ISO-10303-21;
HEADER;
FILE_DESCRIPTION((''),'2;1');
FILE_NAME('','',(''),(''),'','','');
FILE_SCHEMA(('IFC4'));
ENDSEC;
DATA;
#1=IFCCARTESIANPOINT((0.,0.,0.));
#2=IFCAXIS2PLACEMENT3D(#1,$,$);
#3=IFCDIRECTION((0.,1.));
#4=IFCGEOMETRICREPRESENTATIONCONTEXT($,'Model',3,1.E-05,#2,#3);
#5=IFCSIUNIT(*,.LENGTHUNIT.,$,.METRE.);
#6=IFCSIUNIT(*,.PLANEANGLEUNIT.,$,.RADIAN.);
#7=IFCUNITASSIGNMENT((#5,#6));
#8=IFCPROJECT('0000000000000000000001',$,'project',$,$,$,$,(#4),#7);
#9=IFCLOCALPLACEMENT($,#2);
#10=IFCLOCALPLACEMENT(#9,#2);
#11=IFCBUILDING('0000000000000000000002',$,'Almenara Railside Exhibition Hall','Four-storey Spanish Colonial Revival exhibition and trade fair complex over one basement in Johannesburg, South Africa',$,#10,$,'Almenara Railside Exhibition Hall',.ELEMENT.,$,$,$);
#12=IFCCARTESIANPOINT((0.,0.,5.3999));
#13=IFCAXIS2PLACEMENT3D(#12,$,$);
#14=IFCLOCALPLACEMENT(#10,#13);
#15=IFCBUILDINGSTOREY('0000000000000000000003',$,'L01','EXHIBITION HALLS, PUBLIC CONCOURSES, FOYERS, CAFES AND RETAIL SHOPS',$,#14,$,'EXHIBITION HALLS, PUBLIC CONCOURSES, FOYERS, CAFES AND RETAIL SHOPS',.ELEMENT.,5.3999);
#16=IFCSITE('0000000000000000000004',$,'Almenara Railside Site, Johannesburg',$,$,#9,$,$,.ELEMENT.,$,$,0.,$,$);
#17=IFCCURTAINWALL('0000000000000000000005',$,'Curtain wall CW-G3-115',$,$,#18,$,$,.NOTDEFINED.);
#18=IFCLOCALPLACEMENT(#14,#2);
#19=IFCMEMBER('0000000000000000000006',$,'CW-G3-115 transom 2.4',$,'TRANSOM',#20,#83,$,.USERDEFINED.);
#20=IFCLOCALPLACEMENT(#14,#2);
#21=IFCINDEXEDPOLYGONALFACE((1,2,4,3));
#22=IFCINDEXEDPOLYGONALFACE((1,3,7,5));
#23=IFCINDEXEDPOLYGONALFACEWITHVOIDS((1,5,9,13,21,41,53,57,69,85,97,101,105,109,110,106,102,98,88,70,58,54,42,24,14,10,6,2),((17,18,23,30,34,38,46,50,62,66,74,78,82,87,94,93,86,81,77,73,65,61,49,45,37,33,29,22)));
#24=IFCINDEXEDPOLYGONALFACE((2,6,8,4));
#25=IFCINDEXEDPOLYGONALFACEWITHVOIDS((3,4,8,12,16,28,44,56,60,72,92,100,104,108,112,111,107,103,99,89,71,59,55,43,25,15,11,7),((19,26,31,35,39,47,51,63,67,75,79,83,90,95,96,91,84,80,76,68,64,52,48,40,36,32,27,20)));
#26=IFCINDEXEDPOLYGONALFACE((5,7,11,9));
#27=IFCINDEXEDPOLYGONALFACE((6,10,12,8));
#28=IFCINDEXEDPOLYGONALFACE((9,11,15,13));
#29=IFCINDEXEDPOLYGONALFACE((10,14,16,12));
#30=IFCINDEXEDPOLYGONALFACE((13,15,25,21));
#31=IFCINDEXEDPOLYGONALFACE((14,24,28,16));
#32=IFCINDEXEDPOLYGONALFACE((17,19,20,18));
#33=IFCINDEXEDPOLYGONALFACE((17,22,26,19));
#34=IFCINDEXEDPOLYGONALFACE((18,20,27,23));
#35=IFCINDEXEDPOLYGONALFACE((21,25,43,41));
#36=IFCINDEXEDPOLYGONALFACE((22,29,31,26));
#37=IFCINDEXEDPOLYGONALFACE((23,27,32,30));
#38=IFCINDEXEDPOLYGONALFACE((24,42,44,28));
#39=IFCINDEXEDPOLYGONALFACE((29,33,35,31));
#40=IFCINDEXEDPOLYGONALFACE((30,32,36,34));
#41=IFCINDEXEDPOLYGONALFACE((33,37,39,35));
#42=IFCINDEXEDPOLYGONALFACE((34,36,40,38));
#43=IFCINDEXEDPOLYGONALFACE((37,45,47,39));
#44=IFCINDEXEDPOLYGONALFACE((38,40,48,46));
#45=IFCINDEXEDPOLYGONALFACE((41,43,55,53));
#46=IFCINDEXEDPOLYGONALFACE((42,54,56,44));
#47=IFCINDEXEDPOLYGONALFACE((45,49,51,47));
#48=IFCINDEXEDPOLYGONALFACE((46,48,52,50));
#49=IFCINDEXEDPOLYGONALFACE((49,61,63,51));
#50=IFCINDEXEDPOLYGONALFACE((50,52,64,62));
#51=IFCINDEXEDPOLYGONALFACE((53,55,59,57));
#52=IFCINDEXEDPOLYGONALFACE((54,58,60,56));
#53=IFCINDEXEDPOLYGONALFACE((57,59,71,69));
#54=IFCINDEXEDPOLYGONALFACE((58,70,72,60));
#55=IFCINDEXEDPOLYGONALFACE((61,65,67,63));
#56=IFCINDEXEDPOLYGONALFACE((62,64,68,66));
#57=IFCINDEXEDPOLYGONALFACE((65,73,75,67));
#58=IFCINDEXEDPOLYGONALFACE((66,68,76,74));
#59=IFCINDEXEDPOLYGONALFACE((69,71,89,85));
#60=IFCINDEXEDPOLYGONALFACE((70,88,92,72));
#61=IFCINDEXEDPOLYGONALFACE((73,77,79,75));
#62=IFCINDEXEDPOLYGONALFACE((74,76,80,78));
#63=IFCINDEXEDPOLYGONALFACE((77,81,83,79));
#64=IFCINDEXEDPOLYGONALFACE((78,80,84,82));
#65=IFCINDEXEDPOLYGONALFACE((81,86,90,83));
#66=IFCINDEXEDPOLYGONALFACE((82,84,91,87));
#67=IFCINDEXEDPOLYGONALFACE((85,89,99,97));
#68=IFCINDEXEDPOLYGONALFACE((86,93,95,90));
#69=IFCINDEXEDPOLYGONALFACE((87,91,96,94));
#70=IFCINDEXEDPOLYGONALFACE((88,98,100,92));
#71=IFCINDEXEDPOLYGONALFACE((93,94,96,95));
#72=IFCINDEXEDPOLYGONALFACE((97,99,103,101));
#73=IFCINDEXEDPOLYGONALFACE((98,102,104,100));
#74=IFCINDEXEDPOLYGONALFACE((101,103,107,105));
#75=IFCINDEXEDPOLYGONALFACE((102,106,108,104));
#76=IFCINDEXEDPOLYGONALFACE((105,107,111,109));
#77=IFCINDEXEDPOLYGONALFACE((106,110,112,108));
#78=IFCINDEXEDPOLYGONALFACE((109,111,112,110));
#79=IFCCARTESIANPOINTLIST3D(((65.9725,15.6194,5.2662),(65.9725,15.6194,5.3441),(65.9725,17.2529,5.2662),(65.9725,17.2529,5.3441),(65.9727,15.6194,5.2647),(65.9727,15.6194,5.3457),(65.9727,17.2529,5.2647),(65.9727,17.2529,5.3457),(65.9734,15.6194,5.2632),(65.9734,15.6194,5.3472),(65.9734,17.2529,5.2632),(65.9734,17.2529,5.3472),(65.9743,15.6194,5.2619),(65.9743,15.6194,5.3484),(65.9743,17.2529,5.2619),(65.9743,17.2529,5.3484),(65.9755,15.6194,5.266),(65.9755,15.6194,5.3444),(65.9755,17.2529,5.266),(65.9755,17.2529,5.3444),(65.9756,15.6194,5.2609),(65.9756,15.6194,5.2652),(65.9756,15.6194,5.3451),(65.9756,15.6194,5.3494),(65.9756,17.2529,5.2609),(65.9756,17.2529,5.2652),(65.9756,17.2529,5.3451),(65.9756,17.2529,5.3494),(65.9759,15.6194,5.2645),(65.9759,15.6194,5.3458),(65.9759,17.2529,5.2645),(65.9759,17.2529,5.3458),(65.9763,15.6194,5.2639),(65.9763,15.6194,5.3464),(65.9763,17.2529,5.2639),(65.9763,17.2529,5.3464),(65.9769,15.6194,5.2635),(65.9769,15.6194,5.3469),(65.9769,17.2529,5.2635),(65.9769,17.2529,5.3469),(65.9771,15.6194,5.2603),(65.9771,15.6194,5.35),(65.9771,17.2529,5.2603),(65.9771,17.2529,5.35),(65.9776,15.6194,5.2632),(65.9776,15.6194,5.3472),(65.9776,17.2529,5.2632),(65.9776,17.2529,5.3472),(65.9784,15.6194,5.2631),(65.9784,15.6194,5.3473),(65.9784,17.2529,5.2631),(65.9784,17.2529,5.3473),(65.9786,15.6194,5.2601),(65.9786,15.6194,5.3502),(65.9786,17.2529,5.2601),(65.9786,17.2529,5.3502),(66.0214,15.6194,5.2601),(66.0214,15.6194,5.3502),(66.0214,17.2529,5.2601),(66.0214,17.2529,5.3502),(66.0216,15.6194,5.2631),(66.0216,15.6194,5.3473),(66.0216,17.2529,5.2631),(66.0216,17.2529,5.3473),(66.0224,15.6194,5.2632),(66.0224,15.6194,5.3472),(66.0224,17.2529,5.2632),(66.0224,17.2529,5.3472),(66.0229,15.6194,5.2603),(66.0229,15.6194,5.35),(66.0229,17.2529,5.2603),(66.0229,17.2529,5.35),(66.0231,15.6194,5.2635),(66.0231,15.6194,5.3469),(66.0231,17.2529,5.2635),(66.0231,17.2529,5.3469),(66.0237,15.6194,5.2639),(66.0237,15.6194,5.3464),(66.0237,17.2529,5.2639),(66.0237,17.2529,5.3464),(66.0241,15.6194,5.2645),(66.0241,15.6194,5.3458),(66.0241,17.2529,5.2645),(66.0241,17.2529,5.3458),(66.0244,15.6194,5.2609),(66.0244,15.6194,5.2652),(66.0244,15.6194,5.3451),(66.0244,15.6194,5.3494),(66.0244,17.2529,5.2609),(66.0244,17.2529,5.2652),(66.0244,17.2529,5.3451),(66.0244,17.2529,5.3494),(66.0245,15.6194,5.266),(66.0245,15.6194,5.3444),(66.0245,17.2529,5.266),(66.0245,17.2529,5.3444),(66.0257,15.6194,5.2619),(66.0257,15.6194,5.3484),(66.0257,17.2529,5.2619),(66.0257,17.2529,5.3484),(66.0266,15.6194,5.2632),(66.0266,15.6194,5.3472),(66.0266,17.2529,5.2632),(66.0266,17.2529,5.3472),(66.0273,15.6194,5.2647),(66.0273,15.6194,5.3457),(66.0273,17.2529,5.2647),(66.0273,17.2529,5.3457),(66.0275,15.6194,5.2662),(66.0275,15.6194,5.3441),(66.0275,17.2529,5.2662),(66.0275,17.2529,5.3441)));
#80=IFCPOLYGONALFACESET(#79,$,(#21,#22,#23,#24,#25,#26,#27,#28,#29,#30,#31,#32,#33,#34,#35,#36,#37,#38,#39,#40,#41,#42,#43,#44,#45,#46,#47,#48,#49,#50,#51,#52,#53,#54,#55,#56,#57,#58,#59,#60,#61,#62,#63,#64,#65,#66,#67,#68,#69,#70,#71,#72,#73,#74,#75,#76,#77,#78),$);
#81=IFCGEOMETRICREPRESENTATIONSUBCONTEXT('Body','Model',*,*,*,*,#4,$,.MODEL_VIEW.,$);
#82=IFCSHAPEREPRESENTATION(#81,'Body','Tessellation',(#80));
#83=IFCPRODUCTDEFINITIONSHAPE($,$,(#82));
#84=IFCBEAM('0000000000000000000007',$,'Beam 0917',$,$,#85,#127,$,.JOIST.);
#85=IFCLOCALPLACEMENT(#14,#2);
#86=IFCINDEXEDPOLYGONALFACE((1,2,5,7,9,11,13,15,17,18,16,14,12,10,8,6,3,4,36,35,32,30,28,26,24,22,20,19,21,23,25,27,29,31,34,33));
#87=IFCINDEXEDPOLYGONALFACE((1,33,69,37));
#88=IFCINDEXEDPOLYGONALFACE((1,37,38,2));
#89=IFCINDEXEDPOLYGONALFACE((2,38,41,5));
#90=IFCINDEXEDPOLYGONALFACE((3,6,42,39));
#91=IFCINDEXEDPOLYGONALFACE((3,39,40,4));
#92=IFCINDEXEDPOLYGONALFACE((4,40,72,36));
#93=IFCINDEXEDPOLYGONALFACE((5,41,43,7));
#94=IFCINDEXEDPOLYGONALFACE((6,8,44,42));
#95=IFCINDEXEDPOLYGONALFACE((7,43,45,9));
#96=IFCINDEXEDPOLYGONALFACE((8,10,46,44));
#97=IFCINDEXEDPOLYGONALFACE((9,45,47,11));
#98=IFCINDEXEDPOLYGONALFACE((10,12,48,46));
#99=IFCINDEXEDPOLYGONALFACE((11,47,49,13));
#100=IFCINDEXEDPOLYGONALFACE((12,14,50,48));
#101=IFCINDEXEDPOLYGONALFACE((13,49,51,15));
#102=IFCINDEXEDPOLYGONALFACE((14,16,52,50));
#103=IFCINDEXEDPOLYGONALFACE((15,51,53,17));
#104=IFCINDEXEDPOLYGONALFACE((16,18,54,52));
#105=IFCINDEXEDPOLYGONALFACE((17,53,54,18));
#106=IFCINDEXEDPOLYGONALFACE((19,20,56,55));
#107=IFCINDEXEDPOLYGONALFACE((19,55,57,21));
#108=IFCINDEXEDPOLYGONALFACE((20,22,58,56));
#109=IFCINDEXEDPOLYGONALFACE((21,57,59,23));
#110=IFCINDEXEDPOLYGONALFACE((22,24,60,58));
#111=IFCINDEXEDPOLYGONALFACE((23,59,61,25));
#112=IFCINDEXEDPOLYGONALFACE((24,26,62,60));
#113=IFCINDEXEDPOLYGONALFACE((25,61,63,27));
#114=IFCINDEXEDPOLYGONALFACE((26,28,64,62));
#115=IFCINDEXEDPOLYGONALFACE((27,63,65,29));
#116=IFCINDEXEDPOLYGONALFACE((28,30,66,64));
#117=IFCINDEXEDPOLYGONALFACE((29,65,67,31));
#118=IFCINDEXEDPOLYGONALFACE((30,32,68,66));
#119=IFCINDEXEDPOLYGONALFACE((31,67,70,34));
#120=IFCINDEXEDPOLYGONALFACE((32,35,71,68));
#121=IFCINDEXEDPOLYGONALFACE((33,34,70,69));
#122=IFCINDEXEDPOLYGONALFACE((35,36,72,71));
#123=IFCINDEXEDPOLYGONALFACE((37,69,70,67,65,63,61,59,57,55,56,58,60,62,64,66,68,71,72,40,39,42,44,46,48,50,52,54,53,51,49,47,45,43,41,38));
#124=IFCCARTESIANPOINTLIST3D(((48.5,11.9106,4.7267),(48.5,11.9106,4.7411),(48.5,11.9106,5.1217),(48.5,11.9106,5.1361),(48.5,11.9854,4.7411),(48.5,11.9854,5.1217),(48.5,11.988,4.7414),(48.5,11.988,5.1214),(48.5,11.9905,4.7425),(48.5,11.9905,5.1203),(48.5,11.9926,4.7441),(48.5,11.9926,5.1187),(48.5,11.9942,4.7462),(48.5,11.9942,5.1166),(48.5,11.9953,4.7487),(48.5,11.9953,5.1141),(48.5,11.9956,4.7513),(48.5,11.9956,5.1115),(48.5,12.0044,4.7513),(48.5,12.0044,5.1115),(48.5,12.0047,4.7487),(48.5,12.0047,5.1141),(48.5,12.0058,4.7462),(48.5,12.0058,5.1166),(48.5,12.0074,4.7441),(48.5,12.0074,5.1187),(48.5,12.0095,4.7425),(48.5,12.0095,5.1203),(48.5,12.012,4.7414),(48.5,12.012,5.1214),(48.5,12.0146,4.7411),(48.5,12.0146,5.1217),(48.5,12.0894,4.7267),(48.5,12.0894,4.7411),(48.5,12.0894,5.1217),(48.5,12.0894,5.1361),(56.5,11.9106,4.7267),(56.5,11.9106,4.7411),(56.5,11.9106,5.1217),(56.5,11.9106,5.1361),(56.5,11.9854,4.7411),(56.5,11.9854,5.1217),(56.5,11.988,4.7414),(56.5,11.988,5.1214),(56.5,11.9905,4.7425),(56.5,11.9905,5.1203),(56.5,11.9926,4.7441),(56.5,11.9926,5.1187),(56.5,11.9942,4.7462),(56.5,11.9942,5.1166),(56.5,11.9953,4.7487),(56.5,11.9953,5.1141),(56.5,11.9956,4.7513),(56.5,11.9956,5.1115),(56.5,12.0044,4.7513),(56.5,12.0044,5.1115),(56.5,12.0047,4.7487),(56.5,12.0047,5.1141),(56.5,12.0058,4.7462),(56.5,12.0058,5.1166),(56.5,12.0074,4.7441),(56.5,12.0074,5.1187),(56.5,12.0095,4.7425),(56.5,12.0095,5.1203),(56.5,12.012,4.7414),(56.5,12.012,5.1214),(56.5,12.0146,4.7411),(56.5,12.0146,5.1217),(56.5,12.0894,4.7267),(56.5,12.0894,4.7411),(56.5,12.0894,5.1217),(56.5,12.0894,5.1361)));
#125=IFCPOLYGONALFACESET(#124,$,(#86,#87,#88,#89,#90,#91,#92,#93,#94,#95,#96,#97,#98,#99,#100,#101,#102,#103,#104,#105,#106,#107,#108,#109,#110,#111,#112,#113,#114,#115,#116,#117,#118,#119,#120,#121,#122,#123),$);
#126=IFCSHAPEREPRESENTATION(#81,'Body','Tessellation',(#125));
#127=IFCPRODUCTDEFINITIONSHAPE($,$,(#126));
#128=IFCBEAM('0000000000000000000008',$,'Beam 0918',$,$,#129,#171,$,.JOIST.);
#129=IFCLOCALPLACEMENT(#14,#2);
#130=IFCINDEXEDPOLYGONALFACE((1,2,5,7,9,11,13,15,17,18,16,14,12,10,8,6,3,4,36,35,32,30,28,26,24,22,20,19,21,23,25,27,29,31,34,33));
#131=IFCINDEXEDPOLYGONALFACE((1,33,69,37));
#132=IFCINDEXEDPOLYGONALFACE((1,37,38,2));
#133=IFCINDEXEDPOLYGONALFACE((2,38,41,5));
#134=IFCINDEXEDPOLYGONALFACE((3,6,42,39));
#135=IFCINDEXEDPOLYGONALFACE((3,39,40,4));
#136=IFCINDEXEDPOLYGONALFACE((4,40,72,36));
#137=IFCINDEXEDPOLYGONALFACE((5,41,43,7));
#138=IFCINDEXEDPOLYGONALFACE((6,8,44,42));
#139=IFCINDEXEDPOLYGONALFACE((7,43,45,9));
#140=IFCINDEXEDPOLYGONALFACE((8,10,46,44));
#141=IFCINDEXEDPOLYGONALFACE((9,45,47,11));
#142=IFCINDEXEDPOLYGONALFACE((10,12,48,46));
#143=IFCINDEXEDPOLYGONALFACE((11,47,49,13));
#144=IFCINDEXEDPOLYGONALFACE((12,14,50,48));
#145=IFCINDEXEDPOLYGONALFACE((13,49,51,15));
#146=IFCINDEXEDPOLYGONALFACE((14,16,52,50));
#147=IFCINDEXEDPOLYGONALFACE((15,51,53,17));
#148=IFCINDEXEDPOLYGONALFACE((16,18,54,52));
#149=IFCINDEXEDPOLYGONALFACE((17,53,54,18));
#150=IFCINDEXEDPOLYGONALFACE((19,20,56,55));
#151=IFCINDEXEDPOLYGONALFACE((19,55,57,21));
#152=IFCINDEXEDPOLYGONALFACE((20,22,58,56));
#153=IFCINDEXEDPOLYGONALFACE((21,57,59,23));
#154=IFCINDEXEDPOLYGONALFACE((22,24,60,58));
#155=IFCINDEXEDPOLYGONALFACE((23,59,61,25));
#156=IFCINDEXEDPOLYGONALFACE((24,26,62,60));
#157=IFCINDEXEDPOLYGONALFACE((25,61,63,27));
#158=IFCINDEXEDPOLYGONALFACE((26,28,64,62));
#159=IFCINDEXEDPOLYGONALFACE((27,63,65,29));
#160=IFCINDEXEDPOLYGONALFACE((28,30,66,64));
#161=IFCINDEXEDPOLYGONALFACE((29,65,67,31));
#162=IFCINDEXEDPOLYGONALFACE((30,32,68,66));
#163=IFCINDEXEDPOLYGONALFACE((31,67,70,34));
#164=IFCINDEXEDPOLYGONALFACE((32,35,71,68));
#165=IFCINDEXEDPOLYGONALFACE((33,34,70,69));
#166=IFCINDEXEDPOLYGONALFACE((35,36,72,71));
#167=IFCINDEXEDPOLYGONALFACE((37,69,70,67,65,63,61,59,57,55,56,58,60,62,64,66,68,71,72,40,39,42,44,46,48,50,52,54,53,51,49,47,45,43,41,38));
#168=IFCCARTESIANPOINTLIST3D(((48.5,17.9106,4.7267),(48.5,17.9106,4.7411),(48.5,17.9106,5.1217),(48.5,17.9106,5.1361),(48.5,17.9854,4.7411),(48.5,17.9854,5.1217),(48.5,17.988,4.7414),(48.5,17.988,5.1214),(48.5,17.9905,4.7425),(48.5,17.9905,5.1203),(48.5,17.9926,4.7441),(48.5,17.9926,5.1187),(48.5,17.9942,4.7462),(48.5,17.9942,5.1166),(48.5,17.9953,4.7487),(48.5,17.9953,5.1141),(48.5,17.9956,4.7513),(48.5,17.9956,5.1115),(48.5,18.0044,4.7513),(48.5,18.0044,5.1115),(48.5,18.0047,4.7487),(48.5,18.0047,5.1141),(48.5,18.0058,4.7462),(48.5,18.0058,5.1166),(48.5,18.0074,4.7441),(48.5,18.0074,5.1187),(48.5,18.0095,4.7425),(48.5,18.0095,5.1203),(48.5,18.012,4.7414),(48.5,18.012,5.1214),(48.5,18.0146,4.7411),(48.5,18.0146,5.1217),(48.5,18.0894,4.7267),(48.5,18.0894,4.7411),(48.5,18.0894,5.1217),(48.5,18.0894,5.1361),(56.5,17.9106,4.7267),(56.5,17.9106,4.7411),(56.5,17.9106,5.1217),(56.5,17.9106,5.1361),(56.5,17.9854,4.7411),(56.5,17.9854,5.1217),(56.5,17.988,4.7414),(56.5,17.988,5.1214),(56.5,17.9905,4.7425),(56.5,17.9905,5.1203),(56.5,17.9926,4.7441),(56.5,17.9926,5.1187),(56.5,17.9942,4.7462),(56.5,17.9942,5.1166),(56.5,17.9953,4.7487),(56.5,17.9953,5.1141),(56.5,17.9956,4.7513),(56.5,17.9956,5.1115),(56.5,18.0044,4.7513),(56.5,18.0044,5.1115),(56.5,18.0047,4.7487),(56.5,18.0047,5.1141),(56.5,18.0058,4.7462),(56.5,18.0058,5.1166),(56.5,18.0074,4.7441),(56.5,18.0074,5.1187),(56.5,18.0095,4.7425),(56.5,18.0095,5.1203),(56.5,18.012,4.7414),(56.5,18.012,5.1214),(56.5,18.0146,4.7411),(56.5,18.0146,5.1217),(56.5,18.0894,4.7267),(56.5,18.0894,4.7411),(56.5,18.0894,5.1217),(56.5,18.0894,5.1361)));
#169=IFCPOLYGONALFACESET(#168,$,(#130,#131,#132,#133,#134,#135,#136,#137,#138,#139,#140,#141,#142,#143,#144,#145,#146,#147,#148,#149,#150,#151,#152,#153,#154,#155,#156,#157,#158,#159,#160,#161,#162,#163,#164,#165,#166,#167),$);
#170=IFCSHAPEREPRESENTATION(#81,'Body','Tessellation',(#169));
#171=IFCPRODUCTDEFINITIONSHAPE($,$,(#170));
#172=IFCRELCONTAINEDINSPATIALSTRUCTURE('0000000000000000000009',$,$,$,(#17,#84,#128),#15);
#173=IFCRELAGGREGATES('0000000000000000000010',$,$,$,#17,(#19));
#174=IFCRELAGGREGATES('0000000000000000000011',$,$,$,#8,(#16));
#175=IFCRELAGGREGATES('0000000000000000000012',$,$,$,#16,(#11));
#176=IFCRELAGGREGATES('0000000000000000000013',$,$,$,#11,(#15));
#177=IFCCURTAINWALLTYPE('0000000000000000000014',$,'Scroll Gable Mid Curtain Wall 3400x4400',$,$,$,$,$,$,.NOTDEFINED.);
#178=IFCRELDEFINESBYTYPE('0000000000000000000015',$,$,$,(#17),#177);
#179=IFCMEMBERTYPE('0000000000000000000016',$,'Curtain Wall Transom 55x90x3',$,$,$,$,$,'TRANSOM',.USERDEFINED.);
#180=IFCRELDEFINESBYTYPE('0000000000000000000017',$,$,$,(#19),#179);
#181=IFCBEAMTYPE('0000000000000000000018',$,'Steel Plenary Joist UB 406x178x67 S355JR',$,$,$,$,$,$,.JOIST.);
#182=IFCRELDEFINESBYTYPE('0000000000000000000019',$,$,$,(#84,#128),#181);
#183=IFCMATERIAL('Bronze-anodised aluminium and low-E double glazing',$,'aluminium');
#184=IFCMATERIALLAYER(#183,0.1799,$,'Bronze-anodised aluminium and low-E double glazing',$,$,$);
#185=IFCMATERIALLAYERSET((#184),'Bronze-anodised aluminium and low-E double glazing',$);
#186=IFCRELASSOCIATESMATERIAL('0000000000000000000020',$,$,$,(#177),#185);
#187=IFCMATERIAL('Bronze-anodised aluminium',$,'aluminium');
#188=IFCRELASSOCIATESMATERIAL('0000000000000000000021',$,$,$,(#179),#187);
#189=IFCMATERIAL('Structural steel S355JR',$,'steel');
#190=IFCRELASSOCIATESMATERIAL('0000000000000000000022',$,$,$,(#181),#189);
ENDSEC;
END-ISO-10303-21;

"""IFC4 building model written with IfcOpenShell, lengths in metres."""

from ifc_helpers import new_model, si_unit, direction, frame, origin, origin_2d, place, context, subcontext, project, spatial, hollow_rectangle, i_section, extrude, material, layer, layer_set, material_profile, profile_set, type_object, element, aggregate, save


model = new_model("IFC4")

# Units and contexts
model_context = context("Model", 3, precision=1e-05, world=origin(), true_north=direction((0.0, 1.0)))
body_context = subcontext(model_context, "Body", "Model", "MODEL_VIEW")
ifc_project = project(units=[si_unit("LENGTHUNIT", "METRE"), si_unit("PLANEANGLEUNIT", "RADIAN")], contexts=[model_context])

# Site, building, storey
site_placement = place(None, origin())
site = spatial("IfcSite", under=ifc_project, at=site_placement, Name="Almenara Railside Site, Johannesburg", CompositionType="ELEMENT", RefElevation=0.0)
building_placement = place(site_placement, origin())
building = spatial("IfcBuilding", under=site, at=building_placement, Name="Almenara Railside Exhibition Hall", Description="Four-storey Spanish Colonial Revival exhibition and trade fair complex over one basement in Johannesburg, South Africa", LongName="Almenara Railside Exhibition Hall", CompositionType="ELEMENT")
storey_placement = place(building_placement, frame((0.0, 0.0, 5.3999)))
storey = spatial("IfcBuildingStorey", under=building, at=storey_placement, Name="L01", Description="EXHIBITION HALLS, PUBLIC CONCOURSES, FOYERS, CAFES AND RETAIL SHOPS", LongName="EXHIBITION HALLS, PUBLIC CONCOURSES, FOYERS, CAFES AND RETAIL SHOPS", CompositionType="ELEMENT", Elevation=5.3999)

# Curtain wall
ifc_material_1 = material(Name="Bronze-anodised aluminium and low-E double glazing", Category="aluminium")
ifc_layer_1 = layer(ifc_material_1, 0.1799, Name="Bronze-anodised aluminium and low-E double glazing")
ifc_layer_set_1 = layer_set([ifc_layer_1], Name="Bronze-anodised aluminium and low-E double glazing")
curtain_wall_type_1 = type_object("IfcCurtainWallType", Name="Scroll Gable Mid Curtain Wall 3400x4400", PredefinedType="NOTDEFINED", material=ifc_layer_set_1)
curtain_wall_1_placement = place(storey_placement, origin())
curtain_wall_1 = element("IfcCurtainWall", 1, at=curtain_wall_1_placement, inside=storey, type_object=curtain_wall_type_1, Name="Curtain wall CW-G3-115", PredefinedType="NOTDEFINED")
ifc_material_2 = material(Name="Bronze-anodised aluminium", Category="aluminium")

# Member
ifc_material_profile_1 = material_profile(ifc_material_2, hollow_rectangle(XDim=0.0549, YDim=0.0901, WallThickness=0.0029, InnerFilletRadius=0.0029, OuterFilletRadius=0.0061, at=origin_2d()), Name="ALU-TRN 55x90x3")
ifc_profile_set_1 = profile_set([ifc_material_profile_1], Name="Bronze-anodised aluminium")
member_type_1 = type_object("IfcMemberType", Name="Curtain Wall Transom 55x90x3", ElementType="TRANSOM", PredefinedType="USERDEFINED", material=ifc_profile_set_1)
member_1_placement = place(storey_placement, frame((66.0, 15.6194, 5.3052), z_axis=(0.0, 1.0, 0.0), x_axis=(-1.0, 0.0, 0.0)))
member_1 = element("IfcMember", 2, at=member_1_placement, type_object=member_type_1, Name="CW-G3-115 transom 2.4", ObjectType="TRANSOM", PredefinedType="USERDEFINED", context=body_context, shape_type="SweptSolid", body=[
    extrude(hollow_rectangle(XDim=0.0549, YDim=0.0901, WallThickness=0.0029, InnerFilletRadius=0.0029, OuterFilletRadius=0.0061, at=origin_2d()), origin(), (0.0, 0.0, 1.0), 1.6335),
])

# Beams
ifc_material_3 = material(Name="Structural steel S355JR", Category="steel")
ifc_material_profile_2 = material_profile(ifc_material_3, i_section(OverallWidth=0.1787, OverallDepth=0.4094, WebThickness=0.0088, FlangeThickness=0.0144, FilletRadius=0.0103, at=origin_2d()), Name="UB 406x178x67")
ifc_profile_set_2 = profile_set([ifc_material_profile_2], Name="Structural steel S355JR")
beam_type = type_object("IfcBeamType", Name="Steel Plenary Joist UB 406x178x67 S355JR", PredefinedType="JOIST", material=ifc_profile_set_2)
for number, where, z_axis, x_axis, name in (
    (3, (48.5, 12.0, 4.9314), (1.0, 0.0, 0.0), (0.0, 1.0, 0.0), "Beam 0917"),
    (4, (48.5, 18.0, 4.9314), (1.0, 0.0, 0.0), (0.0, 1.0, 0.0), "Beam 0918"),
):
    element("IfcBeam", number, at=place(storey_placement, frame(where, z_axis=z_axis, x_axis=x_axis)), inside=storey, type_object=beam_type, Name=name, PredefinedType="JOIST", context=body_context, shape_type="SweptSolid", body=[
        extrude(i_section(OverallWidth=0.1787, OverallDepth=0.4094, WebThickness=0.0088, FlangeThickness=0.0144, FilletRadius=0.0103, at=origin_2d()), origin(), (0.0, 0.0, 1.0), 8.0),
    ])

aggregate(curtain_wall_1, [member_1])

save(model, "model.ifc")
